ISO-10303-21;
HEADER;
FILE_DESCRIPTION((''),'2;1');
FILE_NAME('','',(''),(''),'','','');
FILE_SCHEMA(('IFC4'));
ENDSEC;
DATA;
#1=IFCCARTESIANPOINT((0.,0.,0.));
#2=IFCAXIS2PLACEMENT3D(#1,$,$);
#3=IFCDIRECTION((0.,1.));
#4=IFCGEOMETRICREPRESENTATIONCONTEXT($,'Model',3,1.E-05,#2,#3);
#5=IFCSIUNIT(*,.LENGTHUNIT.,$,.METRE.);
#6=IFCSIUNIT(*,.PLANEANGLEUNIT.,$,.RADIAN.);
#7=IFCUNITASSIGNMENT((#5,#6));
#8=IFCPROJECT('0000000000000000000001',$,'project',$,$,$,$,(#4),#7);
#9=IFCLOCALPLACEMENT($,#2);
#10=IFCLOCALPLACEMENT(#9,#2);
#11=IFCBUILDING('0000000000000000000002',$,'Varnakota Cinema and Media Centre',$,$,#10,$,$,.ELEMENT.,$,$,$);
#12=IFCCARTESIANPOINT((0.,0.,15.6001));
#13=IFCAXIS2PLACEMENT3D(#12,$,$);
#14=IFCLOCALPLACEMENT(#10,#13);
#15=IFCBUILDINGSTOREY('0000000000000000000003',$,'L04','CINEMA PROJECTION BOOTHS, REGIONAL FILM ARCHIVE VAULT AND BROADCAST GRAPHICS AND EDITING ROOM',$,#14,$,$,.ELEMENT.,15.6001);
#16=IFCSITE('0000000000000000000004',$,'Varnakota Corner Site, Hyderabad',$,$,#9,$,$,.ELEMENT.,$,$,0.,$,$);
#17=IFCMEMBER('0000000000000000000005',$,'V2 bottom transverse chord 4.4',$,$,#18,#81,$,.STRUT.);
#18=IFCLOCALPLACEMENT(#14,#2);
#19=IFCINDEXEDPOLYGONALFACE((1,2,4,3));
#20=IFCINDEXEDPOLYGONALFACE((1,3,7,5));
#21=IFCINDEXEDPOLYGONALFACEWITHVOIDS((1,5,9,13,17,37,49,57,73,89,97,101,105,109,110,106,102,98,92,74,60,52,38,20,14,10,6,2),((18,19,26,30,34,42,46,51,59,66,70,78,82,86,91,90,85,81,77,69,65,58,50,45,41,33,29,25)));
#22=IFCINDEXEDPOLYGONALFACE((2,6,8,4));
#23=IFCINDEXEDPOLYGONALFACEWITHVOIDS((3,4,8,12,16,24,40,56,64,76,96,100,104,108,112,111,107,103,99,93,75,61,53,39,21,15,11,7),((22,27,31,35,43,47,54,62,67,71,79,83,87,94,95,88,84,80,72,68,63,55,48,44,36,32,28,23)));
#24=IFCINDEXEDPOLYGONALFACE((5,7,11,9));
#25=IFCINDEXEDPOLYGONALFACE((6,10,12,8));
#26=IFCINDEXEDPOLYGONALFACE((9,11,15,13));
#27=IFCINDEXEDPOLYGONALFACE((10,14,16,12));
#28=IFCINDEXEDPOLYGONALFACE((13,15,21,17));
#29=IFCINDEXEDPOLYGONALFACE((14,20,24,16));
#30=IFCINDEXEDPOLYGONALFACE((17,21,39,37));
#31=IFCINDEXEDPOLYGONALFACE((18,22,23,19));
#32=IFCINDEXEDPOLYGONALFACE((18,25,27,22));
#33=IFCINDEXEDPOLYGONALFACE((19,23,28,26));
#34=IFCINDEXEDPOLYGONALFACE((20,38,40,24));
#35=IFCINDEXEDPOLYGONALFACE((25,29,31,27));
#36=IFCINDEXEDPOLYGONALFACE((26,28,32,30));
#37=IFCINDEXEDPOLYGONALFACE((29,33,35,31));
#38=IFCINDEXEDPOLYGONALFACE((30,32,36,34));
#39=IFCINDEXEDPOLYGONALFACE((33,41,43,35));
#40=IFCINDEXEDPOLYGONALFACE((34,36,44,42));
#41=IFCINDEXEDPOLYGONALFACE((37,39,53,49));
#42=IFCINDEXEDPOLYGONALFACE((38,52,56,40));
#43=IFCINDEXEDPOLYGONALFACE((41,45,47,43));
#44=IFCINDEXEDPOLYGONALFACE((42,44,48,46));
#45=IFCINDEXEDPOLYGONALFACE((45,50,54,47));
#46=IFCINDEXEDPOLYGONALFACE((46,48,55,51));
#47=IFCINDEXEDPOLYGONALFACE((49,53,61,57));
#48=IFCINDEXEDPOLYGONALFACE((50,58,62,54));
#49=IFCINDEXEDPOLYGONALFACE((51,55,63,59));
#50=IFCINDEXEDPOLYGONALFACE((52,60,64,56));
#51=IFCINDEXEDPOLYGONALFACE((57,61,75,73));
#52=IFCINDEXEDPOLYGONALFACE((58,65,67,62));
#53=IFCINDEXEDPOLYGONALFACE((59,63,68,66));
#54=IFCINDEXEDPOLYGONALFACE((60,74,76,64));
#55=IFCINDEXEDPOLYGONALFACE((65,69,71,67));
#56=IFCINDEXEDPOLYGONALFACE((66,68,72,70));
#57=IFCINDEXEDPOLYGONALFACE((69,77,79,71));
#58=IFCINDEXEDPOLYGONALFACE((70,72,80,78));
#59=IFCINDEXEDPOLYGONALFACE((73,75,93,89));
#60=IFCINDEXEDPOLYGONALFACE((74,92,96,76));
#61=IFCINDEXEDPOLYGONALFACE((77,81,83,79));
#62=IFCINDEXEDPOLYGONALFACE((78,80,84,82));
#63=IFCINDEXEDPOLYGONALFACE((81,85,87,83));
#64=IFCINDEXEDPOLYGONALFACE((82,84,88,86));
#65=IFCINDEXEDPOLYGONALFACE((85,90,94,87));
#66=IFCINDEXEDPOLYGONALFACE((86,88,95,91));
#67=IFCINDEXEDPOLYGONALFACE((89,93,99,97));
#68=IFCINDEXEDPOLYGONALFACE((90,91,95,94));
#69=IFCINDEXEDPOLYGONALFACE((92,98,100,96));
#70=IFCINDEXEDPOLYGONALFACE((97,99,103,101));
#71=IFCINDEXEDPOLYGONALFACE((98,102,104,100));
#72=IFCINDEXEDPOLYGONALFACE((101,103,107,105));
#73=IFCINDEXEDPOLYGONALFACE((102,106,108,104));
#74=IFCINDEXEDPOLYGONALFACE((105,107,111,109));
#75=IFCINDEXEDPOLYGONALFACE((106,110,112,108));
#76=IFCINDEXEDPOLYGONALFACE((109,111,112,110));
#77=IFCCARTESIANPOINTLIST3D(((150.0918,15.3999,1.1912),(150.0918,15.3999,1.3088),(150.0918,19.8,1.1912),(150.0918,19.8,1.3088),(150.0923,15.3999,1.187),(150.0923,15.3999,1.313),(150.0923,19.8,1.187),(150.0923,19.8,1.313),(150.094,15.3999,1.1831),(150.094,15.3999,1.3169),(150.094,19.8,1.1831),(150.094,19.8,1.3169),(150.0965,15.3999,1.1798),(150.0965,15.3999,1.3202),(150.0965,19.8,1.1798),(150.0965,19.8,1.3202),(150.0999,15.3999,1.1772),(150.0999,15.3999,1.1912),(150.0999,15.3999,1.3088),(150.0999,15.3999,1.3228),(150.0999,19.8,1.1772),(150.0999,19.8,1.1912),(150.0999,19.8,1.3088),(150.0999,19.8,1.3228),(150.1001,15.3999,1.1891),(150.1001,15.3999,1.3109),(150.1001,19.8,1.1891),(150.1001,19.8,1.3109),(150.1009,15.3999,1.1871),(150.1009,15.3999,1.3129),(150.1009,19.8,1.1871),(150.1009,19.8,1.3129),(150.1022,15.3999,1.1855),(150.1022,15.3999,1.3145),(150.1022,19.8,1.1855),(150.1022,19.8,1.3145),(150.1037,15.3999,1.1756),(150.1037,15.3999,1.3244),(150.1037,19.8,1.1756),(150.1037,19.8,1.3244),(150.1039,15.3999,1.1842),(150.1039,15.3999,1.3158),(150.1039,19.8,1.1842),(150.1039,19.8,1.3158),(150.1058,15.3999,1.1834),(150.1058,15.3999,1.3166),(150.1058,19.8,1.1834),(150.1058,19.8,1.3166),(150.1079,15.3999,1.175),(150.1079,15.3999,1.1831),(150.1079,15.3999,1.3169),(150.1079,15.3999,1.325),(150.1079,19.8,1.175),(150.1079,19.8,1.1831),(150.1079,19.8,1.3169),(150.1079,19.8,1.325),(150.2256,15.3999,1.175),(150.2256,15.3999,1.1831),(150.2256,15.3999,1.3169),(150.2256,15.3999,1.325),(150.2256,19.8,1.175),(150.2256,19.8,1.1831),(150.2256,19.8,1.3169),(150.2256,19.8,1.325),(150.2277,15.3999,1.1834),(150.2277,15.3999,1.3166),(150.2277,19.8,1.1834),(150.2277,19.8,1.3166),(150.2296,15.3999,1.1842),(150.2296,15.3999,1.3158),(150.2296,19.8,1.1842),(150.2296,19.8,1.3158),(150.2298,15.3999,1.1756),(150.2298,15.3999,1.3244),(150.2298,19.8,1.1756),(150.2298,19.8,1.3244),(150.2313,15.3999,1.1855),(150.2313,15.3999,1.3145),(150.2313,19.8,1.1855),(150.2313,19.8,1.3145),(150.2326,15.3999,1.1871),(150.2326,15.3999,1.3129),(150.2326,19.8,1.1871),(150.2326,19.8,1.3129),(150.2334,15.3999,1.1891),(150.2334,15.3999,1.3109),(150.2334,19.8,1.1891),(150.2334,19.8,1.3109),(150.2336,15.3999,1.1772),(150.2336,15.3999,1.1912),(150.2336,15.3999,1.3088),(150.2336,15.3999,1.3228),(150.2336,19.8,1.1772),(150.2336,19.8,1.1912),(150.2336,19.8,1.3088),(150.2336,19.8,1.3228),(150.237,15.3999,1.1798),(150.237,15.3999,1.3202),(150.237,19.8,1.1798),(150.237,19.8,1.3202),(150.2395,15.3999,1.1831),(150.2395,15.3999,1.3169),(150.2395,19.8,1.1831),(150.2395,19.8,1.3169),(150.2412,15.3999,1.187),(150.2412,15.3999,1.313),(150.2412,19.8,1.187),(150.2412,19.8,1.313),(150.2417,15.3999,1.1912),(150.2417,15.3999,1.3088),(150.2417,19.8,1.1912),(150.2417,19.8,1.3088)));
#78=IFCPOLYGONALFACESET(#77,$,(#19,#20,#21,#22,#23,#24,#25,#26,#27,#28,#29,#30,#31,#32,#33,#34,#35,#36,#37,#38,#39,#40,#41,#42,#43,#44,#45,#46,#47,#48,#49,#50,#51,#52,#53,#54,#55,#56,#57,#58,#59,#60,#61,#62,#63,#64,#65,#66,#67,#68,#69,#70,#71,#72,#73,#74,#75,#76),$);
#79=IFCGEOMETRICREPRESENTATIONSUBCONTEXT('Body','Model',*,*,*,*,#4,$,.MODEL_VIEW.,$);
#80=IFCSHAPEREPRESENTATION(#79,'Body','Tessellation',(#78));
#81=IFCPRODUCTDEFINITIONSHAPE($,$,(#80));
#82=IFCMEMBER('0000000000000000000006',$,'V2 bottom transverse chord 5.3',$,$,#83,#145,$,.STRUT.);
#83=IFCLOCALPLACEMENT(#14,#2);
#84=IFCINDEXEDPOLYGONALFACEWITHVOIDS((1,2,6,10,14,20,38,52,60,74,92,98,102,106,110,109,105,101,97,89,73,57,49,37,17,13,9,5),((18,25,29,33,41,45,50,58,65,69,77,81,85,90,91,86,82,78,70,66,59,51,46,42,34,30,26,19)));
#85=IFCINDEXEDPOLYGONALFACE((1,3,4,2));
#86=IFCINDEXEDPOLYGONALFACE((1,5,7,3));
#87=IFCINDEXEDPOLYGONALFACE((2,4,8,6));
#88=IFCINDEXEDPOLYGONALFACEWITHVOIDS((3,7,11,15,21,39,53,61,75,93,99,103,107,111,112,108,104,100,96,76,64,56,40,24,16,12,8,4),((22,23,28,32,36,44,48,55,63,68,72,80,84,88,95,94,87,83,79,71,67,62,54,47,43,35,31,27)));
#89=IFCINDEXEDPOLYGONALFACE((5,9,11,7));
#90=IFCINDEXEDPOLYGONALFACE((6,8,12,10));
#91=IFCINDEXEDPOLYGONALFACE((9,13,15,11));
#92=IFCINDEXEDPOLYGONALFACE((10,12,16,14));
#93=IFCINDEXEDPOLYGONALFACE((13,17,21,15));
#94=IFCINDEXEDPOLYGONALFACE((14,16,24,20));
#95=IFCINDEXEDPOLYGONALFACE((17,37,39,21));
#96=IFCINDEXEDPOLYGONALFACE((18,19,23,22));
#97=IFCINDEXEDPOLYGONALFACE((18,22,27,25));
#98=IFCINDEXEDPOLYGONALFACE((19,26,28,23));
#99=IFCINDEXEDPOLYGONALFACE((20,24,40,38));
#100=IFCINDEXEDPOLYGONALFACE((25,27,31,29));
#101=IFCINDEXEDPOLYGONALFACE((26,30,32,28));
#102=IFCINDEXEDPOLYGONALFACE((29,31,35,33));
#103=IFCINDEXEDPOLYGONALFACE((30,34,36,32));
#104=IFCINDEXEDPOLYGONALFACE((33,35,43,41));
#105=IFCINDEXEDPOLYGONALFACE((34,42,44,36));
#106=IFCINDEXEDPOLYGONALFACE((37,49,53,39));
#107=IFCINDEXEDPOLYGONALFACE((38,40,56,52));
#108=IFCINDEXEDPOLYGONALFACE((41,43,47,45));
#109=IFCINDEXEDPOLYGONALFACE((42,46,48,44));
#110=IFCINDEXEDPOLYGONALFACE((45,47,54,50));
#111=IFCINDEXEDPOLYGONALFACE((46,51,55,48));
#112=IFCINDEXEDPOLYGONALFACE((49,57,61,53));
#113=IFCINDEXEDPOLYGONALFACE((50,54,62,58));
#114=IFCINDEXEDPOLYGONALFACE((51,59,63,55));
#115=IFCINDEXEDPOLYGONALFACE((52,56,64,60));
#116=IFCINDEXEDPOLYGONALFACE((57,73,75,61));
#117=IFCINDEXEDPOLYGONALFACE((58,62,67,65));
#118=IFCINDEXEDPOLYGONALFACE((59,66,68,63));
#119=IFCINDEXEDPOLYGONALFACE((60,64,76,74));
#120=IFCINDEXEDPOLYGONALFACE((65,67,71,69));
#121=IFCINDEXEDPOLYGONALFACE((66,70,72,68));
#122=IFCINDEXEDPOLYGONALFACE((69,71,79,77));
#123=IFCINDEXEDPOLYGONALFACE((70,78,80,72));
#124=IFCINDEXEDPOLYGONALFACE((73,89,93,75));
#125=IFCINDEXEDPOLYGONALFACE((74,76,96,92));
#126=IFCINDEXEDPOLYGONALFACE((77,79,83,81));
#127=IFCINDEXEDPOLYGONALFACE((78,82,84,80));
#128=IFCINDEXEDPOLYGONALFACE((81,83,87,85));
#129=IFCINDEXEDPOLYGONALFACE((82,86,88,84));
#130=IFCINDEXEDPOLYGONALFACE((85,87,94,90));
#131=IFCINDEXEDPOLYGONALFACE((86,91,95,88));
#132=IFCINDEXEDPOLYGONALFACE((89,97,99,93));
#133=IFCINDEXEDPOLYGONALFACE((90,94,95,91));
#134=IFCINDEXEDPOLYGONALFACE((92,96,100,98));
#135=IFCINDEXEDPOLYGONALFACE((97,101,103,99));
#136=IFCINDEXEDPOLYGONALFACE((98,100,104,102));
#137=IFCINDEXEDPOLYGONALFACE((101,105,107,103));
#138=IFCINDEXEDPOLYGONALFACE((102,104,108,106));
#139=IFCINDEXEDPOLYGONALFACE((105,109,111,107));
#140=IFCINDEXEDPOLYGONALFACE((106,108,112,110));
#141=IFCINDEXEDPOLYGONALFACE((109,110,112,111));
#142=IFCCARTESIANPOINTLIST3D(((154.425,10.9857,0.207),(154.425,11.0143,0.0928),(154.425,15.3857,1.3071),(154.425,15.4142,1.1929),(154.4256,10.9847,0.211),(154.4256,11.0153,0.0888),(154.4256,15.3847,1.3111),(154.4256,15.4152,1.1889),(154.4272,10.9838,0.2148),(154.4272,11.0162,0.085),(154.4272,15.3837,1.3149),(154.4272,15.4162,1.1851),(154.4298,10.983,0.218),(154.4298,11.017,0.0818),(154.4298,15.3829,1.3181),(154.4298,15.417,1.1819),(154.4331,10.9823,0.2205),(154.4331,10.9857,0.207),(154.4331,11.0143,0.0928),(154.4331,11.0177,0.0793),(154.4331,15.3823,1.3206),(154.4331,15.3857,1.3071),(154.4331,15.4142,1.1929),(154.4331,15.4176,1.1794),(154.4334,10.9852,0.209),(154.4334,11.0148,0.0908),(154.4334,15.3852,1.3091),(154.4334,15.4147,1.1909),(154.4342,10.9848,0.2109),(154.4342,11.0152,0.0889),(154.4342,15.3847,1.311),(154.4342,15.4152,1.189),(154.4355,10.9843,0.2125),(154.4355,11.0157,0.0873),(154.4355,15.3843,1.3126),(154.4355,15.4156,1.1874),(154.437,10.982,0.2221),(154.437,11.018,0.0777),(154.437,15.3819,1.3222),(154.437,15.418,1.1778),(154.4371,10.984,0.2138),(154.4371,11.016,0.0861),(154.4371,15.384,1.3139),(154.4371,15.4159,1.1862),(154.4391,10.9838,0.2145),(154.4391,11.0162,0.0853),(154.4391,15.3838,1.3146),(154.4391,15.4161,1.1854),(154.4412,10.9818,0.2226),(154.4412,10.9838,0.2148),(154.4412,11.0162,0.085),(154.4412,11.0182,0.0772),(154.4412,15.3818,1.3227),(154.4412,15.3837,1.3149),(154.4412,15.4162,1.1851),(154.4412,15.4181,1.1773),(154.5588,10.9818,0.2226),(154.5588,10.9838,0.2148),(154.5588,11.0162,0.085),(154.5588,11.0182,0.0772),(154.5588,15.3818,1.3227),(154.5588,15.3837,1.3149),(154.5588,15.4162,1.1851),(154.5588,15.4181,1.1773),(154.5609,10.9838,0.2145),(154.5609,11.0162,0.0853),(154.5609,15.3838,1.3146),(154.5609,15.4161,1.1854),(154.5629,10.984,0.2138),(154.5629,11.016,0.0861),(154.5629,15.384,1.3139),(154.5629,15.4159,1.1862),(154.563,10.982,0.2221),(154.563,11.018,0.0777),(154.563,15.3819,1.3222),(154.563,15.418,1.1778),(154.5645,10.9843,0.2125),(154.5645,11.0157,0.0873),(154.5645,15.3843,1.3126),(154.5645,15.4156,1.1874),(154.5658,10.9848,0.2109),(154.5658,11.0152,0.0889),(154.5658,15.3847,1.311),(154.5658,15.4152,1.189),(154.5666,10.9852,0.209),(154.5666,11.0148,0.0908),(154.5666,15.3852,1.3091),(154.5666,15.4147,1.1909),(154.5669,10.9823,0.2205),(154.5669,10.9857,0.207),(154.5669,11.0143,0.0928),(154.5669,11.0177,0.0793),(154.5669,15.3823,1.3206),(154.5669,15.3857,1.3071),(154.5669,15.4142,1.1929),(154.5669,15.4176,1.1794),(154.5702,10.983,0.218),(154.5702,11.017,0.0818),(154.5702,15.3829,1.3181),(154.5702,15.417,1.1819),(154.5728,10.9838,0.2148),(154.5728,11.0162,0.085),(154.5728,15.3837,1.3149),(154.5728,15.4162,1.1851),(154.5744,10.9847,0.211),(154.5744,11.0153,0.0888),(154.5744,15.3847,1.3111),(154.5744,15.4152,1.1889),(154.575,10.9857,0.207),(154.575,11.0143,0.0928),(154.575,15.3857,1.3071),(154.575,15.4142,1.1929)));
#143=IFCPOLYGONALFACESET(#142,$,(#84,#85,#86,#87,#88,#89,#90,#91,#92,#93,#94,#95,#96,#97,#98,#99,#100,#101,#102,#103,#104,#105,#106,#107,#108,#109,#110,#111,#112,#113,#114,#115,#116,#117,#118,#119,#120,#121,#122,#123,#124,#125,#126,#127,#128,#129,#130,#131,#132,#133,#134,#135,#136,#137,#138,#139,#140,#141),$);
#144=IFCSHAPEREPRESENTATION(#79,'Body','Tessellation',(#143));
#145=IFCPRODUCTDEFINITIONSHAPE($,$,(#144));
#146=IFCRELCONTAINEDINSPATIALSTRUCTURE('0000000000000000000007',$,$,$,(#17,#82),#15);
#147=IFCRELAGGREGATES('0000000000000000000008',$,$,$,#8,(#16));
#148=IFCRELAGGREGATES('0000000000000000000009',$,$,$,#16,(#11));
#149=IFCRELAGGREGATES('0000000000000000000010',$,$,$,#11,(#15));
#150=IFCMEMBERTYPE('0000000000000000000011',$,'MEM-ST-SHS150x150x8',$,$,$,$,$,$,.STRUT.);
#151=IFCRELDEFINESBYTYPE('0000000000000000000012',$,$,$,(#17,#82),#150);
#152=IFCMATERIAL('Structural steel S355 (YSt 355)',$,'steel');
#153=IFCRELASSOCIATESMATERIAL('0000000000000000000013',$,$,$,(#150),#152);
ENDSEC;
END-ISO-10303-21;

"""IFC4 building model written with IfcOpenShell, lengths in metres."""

from ifc_helpers import new_model, si_unit, direction, frame, origin, origin_2d, place, context, subcontext, project, spatial, hollow_rectangle, extrude, material, material_profile, profile_set, type_object, element, save


model = new_model("IFC4")

# Units and contexts
model_context = context("Model", 3, precision=1e-05, world=origin(), true_north=direction((0.0, 1.0)))
body_context = subcontext(model_context, "Body", "Model", "MODEL_VIEW")
ifc_project = project(units=[si_unit("LENGTHUNIT", "METRE"), si_unit("PLANEANGLEUNIT", "RADIAN")], contexts=[model_context])

# Site, building, storey
site_placement = place(None, origin())
site = spatial("IfcSite", under=ifc_project, at=site_placement, Name="Varnakota Corner Site, Hyderabad", CompositionType="ELEMENT", RefElevation=0.0)
building_placement = place(site_placement, origin())
building = spatial("IfcBuilding", under=site, at=building_placement, Name="Varnakota Cinema and Media Centre", CompositionType="ELEMENT")
storey_placement = place(building_placement, frame((0.0, 0.0, 15.6001)))
storey = spatial("IfcBuildingStorey", under=building, at=storey_placement, Name="L04", Description="CINEMA PROJECTION BOOTHS, REGIONAL FILM ARCHIVE VAULT AND BROADCAST GRAPHICS AND EDITING ROOM", CompositionType="ELEMENT", Elevation=15.6001)

# Members
ifc_material_1 = material(Name="Structural steel S355 (YSt 355)", Category="steel")
ifc_material_profile_1 = material_profile(ifc_material_1, hollow_rectangle(XDim=0.1499, YDim=0.1499, WallThickness=0.0081, InnerFilletRadius=0.0081, OuterFilletRadius=0.0161, at=origin_2d()), Name="SHS 150x150x8")
ifc_profile_set_1 = profile_set([ifc_material_profile_1], Name="Structural steel S355 (YSt 355)")
member_type_1 = type_object("IfcMemberType", Name="MEM-ST-SHS150x150x8", PredefinedType="STRUT", material=ifc_profile_set_1)
member_1_placement = place(storey_placement, frame((150.1667, 15.3999, 1.25), z_axis=(0.0, 1.0, 0.0), x_axis=(-1.0, 0.0, 0.0)))
element("IfcMember", 1, at=member_1_placement, inside=storey, type_object=member_type_1, Name="V2 bottom transverse chord 4.4", PredefinedType="STRUT", context=body_context, shape_type="SweptSolid", body=[
    extrude(hollow_rectangle(XDim=0.1499, YDim=0.1499, WallThickness=0.0081, InnerFilletRadius=0.0081, OuterFilletRadius=0.0161, at=origin_2d()), origin(), (0.0, 0.0, 1.0), 4.4001),
])
member_2_placement = place(storey_placement, frame((154.5, 11.0, 0.1499), z_axis=(0.0, 0.970136, 0.242561), x_axis=(-1.0, 0.0, 0.0)))
element("IfcMember", 2, at=member_2_placement, inside=storey, type_object=member_type_1, Name="V2 bottom transverse chord 5.3", PredefinedType="STRUT", context=body_context, shape_type="SweptSolid", body=[
    extrude(hollow_rectangle(XDim=0.1499, YDim=0.1499, WallThickness=0.0081, InnerFilletRadius=0.0081, OuterFilletRadius=0.0161, at=origin_2d()), origin(), (0.0, 0.0, 1.0), 4.5354),
])

save(model, "model.ifc")
